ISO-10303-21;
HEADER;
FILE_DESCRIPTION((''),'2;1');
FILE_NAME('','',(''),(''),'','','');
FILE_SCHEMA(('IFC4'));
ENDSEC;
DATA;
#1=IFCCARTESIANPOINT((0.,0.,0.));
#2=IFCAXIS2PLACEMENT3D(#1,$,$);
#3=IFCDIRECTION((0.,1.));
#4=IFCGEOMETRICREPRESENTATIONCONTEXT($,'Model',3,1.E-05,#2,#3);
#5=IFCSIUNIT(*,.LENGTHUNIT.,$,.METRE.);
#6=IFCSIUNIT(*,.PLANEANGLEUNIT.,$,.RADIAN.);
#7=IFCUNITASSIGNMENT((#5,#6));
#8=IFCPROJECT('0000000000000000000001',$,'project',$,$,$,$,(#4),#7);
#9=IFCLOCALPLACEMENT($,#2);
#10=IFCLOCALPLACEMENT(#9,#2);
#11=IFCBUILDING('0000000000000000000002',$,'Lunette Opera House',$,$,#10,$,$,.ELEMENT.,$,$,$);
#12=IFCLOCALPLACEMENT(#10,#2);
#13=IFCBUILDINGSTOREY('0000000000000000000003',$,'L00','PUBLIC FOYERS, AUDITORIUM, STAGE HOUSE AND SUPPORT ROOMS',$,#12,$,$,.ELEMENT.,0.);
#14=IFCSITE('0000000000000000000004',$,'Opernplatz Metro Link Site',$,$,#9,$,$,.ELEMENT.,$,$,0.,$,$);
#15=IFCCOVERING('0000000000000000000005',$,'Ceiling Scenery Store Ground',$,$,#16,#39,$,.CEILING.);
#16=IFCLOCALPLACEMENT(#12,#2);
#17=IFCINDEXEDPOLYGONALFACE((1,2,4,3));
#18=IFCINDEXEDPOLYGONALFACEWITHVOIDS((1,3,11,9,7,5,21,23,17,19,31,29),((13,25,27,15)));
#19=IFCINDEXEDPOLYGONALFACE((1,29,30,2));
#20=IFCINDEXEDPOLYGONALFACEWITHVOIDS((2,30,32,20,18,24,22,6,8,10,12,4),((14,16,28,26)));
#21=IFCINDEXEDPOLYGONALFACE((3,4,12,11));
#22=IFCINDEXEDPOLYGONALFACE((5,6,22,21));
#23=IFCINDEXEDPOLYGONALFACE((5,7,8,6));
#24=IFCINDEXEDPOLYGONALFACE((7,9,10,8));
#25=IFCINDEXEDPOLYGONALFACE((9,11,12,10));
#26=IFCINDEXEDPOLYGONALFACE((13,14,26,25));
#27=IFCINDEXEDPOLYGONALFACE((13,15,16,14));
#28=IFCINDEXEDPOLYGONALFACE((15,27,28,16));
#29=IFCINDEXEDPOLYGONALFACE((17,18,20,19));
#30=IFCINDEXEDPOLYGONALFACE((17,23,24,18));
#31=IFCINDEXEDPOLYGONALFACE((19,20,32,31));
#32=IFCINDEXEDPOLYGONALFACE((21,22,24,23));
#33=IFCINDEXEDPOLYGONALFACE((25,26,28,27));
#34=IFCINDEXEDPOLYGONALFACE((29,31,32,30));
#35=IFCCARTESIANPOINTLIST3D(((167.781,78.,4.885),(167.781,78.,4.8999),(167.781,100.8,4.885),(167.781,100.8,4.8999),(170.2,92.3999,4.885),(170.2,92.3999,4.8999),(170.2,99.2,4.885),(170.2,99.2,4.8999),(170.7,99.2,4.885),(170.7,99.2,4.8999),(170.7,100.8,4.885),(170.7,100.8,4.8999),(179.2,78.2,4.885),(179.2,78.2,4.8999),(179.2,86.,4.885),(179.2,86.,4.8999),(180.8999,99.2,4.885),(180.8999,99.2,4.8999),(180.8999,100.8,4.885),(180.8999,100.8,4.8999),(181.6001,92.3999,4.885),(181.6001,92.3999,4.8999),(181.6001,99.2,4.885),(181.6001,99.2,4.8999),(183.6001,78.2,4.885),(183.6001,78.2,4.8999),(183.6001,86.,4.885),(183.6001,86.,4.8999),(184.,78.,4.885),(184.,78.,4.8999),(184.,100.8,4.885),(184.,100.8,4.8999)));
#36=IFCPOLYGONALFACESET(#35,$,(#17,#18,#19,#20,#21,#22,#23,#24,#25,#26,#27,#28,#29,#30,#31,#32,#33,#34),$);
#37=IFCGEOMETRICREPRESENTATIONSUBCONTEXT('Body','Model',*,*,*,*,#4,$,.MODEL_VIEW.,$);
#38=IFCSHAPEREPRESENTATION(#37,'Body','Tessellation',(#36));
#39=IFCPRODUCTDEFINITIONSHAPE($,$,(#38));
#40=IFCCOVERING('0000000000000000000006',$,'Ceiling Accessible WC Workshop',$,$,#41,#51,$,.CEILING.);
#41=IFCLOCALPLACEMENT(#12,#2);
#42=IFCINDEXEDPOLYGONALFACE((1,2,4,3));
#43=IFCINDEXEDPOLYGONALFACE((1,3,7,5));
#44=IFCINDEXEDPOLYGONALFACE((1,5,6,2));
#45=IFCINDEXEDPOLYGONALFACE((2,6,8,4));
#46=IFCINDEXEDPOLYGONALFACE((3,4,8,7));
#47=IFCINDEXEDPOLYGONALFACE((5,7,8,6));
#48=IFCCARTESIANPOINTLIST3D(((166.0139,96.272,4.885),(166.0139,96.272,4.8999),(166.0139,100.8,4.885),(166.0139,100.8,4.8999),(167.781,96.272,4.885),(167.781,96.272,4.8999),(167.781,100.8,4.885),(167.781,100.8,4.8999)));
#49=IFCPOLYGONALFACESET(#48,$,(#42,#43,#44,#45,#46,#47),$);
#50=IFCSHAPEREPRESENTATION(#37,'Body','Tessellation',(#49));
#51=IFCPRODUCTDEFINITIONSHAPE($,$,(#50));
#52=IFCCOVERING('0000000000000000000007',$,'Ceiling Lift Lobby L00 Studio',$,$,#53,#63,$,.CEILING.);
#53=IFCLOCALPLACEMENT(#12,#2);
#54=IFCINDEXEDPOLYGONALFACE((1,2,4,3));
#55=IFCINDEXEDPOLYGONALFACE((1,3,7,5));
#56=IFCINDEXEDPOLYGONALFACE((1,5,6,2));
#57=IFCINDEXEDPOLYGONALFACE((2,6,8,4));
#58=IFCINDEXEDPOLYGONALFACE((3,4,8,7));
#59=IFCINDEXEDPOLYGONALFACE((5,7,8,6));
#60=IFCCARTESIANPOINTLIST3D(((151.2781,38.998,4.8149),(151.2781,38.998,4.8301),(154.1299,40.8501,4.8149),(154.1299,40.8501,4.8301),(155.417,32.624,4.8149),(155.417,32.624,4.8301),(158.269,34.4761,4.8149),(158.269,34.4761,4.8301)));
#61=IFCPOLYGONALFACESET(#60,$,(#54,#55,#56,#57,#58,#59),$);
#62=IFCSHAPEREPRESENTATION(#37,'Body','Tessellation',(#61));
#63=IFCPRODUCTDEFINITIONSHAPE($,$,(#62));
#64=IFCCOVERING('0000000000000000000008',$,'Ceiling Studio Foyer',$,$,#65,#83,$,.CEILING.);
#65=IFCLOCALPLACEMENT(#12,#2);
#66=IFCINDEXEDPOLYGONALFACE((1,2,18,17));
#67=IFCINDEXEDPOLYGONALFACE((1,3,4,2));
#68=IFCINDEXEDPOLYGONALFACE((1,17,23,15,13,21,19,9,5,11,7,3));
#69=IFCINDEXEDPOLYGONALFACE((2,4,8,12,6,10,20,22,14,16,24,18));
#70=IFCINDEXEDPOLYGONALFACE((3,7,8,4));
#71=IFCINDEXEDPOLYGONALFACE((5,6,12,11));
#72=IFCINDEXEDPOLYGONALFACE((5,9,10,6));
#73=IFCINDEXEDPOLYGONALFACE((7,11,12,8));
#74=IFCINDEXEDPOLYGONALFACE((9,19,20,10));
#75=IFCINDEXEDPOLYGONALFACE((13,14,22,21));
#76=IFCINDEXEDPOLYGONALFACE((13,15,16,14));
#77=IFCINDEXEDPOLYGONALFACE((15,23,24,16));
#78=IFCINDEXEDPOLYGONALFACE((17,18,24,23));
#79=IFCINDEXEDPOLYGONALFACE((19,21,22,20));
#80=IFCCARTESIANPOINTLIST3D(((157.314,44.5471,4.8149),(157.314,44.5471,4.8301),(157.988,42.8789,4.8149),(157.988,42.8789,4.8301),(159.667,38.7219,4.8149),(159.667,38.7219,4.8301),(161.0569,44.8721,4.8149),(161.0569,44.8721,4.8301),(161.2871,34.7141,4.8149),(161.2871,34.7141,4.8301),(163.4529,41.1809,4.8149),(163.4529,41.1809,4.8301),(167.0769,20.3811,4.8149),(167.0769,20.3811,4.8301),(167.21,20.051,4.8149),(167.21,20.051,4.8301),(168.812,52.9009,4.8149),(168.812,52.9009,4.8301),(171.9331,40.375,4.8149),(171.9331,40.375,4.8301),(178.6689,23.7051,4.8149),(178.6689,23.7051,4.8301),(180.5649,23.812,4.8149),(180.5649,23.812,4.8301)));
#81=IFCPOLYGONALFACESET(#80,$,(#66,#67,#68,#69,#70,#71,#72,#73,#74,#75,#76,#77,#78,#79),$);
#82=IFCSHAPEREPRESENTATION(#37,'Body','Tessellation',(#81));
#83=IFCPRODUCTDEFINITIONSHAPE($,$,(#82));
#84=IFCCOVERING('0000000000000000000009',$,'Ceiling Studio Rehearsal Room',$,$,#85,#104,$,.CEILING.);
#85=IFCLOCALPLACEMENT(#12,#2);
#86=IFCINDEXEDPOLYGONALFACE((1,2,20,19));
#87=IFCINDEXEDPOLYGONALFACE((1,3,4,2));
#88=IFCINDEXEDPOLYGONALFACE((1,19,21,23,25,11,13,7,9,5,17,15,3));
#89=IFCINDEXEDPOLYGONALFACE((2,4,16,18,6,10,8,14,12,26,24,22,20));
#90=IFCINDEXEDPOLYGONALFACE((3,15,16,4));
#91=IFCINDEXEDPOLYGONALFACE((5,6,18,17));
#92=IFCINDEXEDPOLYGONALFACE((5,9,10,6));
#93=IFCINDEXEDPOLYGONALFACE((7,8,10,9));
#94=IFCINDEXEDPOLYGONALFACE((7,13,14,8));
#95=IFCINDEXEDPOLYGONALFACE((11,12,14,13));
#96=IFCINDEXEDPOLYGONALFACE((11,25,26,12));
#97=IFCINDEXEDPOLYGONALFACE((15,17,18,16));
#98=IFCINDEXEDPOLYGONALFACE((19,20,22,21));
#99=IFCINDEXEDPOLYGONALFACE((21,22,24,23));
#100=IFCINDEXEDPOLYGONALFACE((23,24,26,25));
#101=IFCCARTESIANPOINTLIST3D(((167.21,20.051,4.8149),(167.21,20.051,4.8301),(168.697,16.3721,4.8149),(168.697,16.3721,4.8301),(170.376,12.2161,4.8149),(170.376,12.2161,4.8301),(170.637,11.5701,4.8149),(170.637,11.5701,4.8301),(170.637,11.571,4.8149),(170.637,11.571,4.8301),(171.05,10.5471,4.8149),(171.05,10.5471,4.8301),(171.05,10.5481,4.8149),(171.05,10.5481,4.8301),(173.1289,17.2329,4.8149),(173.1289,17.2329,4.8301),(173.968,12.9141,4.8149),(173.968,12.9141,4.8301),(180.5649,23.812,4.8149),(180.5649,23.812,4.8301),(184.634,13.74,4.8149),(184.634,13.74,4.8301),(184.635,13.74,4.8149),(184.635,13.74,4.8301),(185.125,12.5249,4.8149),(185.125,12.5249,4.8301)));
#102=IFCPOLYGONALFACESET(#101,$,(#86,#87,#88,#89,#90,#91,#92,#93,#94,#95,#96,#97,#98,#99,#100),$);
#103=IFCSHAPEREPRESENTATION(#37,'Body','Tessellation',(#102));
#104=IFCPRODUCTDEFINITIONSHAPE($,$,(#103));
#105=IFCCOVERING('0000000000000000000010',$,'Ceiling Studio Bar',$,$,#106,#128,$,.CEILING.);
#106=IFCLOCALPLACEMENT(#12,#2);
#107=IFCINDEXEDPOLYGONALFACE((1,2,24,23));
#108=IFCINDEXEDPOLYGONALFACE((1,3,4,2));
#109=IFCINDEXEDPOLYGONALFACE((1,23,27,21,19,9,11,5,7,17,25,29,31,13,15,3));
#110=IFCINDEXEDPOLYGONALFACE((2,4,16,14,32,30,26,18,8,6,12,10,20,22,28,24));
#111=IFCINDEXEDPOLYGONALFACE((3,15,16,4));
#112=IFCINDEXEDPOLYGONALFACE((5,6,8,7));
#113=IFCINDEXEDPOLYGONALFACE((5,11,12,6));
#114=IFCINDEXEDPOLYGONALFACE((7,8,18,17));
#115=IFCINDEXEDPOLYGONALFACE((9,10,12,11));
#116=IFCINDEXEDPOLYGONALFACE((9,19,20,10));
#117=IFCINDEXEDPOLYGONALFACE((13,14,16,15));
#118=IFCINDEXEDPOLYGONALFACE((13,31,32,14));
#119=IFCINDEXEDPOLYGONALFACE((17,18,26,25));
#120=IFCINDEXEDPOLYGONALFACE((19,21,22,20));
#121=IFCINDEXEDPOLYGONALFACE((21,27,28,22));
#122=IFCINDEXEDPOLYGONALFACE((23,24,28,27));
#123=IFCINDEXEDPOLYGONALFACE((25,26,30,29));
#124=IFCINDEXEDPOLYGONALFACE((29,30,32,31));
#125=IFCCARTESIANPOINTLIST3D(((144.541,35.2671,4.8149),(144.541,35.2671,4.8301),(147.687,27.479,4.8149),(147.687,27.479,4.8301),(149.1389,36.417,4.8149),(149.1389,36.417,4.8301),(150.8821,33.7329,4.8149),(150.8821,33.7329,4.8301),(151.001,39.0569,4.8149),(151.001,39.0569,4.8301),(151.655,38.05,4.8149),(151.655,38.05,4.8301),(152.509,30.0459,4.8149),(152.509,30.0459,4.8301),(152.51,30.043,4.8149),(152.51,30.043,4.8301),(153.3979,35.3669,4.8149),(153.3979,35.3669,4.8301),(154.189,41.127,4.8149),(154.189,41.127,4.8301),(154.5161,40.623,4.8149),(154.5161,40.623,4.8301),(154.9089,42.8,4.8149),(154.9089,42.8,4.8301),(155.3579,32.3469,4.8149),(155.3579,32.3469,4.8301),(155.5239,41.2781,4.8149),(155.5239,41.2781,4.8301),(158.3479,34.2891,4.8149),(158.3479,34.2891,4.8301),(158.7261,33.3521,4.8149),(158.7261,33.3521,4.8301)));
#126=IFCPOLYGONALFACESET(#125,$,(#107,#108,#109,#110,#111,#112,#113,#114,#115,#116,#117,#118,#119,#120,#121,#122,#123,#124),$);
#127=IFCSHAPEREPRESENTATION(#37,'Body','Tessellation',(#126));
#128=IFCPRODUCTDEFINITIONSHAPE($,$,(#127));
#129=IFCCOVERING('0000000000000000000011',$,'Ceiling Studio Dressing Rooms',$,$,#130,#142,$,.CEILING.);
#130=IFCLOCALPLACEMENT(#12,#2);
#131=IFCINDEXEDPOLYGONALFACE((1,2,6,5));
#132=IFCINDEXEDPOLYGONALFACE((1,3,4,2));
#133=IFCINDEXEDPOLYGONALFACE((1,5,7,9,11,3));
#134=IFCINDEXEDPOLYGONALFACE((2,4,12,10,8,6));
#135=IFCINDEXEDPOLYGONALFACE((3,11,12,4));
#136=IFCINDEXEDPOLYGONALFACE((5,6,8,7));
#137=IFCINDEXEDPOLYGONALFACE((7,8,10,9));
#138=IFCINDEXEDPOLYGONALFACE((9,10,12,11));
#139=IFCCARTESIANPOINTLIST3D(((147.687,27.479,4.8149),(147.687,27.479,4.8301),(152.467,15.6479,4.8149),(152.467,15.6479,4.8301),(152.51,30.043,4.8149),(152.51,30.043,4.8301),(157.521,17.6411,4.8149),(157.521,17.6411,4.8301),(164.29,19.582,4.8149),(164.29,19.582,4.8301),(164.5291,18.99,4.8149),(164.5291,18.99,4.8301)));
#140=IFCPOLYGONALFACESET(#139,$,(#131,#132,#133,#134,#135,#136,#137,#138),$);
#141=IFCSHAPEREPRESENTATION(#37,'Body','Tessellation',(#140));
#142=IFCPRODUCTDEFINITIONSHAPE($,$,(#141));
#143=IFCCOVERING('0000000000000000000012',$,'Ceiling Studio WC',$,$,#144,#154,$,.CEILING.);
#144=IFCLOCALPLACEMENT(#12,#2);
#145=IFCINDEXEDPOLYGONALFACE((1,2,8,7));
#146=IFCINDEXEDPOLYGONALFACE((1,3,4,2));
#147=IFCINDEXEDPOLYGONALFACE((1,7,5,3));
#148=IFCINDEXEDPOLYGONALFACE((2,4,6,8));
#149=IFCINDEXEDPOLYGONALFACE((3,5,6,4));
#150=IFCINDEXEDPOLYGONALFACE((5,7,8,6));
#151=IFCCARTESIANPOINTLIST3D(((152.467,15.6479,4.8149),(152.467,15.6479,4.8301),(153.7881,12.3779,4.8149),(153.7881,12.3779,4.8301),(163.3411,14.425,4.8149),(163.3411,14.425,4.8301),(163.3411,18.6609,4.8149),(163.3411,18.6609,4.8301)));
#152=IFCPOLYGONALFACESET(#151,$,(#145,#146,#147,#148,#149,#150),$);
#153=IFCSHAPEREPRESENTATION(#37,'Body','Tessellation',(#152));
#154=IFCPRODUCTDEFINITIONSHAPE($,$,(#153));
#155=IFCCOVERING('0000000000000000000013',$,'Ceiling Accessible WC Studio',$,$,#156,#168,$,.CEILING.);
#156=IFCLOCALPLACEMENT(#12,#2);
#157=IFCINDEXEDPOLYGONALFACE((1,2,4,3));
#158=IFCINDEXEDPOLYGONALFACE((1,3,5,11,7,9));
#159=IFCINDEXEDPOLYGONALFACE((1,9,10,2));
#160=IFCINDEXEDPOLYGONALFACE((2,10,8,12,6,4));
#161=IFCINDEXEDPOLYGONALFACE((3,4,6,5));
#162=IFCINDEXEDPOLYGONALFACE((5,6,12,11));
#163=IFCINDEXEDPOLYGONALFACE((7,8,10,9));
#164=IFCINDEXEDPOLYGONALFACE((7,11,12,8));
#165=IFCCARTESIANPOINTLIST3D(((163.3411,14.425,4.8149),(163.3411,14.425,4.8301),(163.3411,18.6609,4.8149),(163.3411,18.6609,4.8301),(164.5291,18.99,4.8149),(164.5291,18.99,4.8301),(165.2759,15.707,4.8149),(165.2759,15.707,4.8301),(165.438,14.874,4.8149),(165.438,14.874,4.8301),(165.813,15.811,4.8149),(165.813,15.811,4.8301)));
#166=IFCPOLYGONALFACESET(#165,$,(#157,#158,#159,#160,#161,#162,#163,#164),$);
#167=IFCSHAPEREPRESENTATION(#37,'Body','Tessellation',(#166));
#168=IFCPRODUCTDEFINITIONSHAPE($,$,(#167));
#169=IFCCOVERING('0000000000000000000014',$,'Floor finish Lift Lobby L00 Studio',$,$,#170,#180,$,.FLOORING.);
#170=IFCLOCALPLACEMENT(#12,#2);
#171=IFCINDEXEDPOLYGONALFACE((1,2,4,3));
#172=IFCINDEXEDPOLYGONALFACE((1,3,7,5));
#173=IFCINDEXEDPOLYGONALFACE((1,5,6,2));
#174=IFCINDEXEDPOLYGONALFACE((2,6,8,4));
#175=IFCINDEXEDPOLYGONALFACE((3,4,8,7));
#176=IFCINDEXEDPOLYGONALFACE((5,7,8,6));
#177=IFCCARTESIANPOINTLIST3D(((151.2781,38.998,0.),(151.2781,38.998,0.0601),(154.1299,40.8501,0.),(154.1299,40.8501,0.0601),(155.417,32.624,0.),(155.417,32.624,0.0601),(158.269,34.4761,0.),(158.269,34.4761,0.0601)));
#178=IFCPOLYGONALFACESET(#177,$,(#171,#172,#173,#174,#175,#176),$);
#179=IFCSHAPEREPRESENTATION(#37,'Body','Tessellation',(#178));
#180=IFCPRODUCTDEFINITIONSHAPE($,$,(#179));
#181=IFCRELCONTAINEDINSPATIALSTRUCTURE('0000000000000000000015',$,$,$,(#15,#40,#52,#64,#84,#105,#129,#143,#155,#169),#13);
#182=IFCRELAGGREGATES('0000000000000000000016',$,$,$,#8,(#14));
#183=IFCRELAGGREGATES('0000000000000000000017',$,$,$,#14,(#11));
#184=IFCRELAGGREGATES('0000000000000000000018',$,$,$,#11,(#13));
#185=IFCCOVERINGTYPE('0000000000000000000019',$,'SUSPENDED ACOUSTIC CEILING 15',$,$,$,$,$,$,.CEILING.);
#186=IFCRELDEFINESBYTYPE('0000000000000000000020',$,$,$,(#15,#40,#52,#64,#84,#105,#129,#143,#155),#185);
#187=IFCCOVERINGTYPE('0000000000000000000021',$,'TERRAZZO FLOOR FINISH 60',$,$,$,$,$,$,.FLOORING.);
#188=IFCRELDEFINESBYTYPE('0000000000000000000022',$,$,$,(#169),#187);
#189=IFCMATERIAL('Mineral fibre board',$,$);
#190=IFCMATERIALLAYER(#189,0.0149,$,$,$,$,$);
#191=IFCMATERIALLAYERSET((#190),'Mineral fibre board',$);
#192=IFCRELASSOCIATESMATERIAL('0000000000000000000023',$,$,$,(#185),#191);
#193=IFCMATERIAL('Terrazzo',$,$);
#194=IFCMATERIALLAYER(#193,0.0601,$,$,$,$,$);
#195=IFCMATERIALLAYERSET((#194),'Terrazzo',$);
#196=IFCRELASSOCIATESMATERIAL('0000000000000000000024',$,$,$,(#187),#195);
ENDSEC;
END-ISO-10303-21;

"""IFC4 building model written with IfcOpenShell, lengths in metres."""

from ifc_helpers import new_model, si_unit, direction, frame, origin, place, context, subcontext, project, spatial, polyline, outline, extrude, material, layer, layer_set, type_object, element, save


model = new_model("IFC4")

# Units and contexts
model_context = context("Model", 3, precision=1e-05, world=origin(), true_north=direction((0.0, 1.0)))
body_context = subcontext(model_context, "Body", "Model", "MODEL_VIEW")
ifc_project = project(units=[si_unit("LENGTHUNIT", "METRE"), si_unit("PLANEANGLEUNIT", "RADIAN")], contexts=[model_context])

# Site, building, storey
site_placement = place(None, origin())
site = spatial("IfcSite", under=ifc_project, at=site_placement, Name="Opernplatz Metro Link Site", CompositionType="ELEMENT", RefElevation=0.0)
building_placement = place(site_placement, origin())
building = spatial("IfcBuilding", under=site, at=building_placement, Name="Lunette Opera House", CompositionType="ELEMENT")
storey_placement = place(building_placement, origin())
storey = spatial("IfcBuildingStorey", under=building, at=storey_placement, Name="L00", Description="PUBLIC FOYERS, AUDITORIUM, STAGE HOUSE AND SUPPORT ROOMS", CompositionType="ELEMENT", Elevation=0.0)

# Coverings
ifc_material_1 = material(Name="Mineral fibre board")
ifc_layer_1 = layer(ifc_material_1, 0.0149)
ifc_layer_set_1 = layer_set([ifc_layer_1], Name="Mineral fibre board")
covering_type_1 = type_object("IfcCoveringType", Name="SUSPENDED ACOUSTIC CEILING 15", PredefinedType="CEILING", material=ifc_layer_set_1)
covering_1_placement = place(storey_placement, frame((0.0, 0.0, 4.885)))
element("IfcCovering", 1, at=covering_1_placement, inside=storey, type_object=covering_type_1, Name="Ceiling Scenery Store Ground", PredefinedType="CEILING", context=body_context, shape_type="SweptSolid", body=[
    extrude(outline(polyline([(170.2, 92.3999), (181.6001, 92.3999), (181.6001, 99.2), (180.8999, 99.2), (180.8999, 100.8), (184.0, 100.8), (184.0, 78.0), (167.781, 78.0), (167.781, 100.8), (170.7, 100.8), (170.7, 99.2), (170.2, 99.2), (170.2, 92.3999)]), holes=[polyline([(179.2, 78.2), (183.6001, 78.2), (183.6001, 86.0), (179.2, 86.0), (179.2, 78.2)])]), origin(), (0.0, 0.0, 1.0), 0.0149),
])
covering_2_placement = place(storey_placement, frame((0.0, 0.0, 4.885)))
element("IfcCovering", 2, at=covering_2_placement, inside=storey, type_object=covering_type_1, Name="Ceiling Accessible WC Workshop", PredefinedType="CEILING", context=body_context, shape_type="SweptSolid", body=[
    extrude(outline(polyline([(166.0139, 100.8), (167.781, 100.8), (167.781, 96.272), (166.0139, 96.272), (166.0139, 100.8)])), origin(), (0.0, 0.0, 1.0), 0.0149),
])
covering_3_placement = place(storey_placement, frame((0.0, 0.0, 4.8149)))
element("IfcCovering", 3, at=covering_3_placement, inside=storey, type_object=covering_type_1, Name="Ceiling Lift Lobby L00 Studio", PredefinedType="CEILING", context=body_context, shape_type="SweptSolid", body=[
    extrude(outline(polyline([(151.2781, 38.998), (155.417, 32.624), (158.269, 34.4761), (154.1299, 40.8501), (151.2781, 38.998)])), origin(), (0.0, 0.0, 1.0), 0.0151),
])
covering_4_placement = place(storey_placement, frame((0.0, 0.0, 4.8149)))
element("IfcCovering", 4, at=covering_4_placement, inside=storey, type_object=covering_type_1, Name="Ceiling Studio Foyer", PredefinedType="CEILING", context=body_context, shape_type="SweptSolid", body=[
    extrude(outline(polyline([(167.0769, 20.3811), (178.6689, 23.7051), (171.9331, 40.375), (161.2871, 34.7141), (159.667, 38.7219), (163.4529, 41.1809), (161.0569, 44.8721), (157.988, 42.8789), (157.314, 44.5471), (168.812, 52.9009), (180.5649, 23.812), (167.21, 20.051), (167.0769, 20.3811)])), origin(), (0.0, 0.0, 1.0), 0.0151),
])
covering_5_placement = place(storey_placement, frame((0.0, 0.0, 4.8149)))
element("IfcCovering", 5, at=covering_5_placement, inside=storey, type_object=covering_type_1, Name="Ceiling Studio Rehearsal Room", PredefinedType="CEILING", context=body_context, shape_type="SweptSolid", body=[
    extrude(outline(polyline([(173.968, 12.9141), (173.1289, 17.2329), (168.697, 16.3721), (167.21, 20.051), (180.5649, 23.812), (184.634, 13.74), (184.635, 13.74), (185.125, 12.5249), (171.05, 10.5471), (171.05, 10.5481), (170.637, 11.5701), (170.637, 11.571), (170.376, 12.2161), (173.968, 12.9141)])), origin(), (0.0, 0.0, 1.0), 0.0151),
])
covering_6_placement = place(storey_placement, frame((0.0, 0.0, 4.8149)))
element("IfcCovering", 6, at=covering_6_placement, inside=storey, type_object=covering_type_1, Name="Ceiling Studio Bar", PredefinedType="CEILING", context=body_context, shape_type="SweptSolid", body=[
    extrude(outline(polyline([(154.5161, 40.623), (154.189, 41.127), (151.001, 39.0569), (151.655, 38.05), (149.1389, 36.417), (150.8821, 33.7329), (153.3979, 35.3669), (155.3579, 32.3469), (158.3479, 34.2891), (158.7261, 33.3521), (152.509, 30.0459), (152.51, 30.043), (147.687, 27.479), (144.541, 35.2671), (154.9089, 42.8), (155.5239, 41.2781), (154.5161, 40.623)])), origin(), (0.0, 0.0, 1.0), 0.0151),
])
covering_7_placement = place(storey_placement, frame((0.0, 0.0, 4.8149)))
element("IfcCovering", 7, at=covering_7_placement, inside=storey, type_object=covering_type_1, Name="Ceiling Studio Dressing Rooms", PredefinedType="CEILING", context=body_context, shape_type="SweptSolid", body=[
    extrude(outline(polyline([(164.29, 19.582), (164.5291, 18.99), (152.467, 15.6479), (147.687, 27.479), (152.51, 30.043), (157.521, 17.6411), (164.29, 19.582)])), origin(), (0.0, 0.0, 1.0), 0.0151),
])
covering_8_placement = place(storey_placement, frame((0.0, 0.0, 4.8149)))
element("IfcCovering", 8, at=covering_8_placement, inside=storey, type_object=covering_type_1, Name="Ceiling Studio WC", PredefinedType="CEILING", context=body_context, shape_type="SweptSolid", body=[
    extrude(outline(polyline([(153.7881, 12.3779), (152.467, 15.6479), (163.3411, 18.6609), (163.3411, 14.425), (153.7881, 12.3779)])), origin(), (0.0, 0.0, 1.0), 0.0151),
])
covering_9_placement = place(storey_placement, frame((0.0, 0.0, 4.8149)))
element("IfcCovering", 9, at=covering_9_placement, inside=storey, type_object=covering_type_1, Name="Ceiling Accessible WC Studio", PredefinedType="CEILING", context=body_context, shape_type="SweptSolid", body=[
    extrude(outline(polyline([(165.438, 14.874), (163.3411, 14.425), (163.3411, 18.6609), (164.5291, 18.99), (165.813, 15.811), (165.2759, 15.707), (165.438, 14.874)])), origin(), (0.0, 0.0, 1.0), 0.0151),
])
ifc_material_2 = material(Name="Terrazzo")
ifc_layer_2 = layer(ifc_material_2, 0.0601)
ifc_layer_set_2 = layer_set([ifc_layer_2], Name="Terrazzo")
covering_type_2 = type_object("IfcCoveringType", Name="TERRAZZO FLOOR FINISH 60", PredefinedType="FLOORING", material=ifc_layer_set_2)
covering_10_placement = place(storey_placement, origin())
element("IfcCovering", 10, at=covering_10_placement, inside=storey, type_object=covering_type_2, Name="Floor finish Lift Lobby L00 Studio", PredefinedType="FLOORING", context=body_context, shape_type="SweptSolid", body=[
    extrude(outline(polyline([(151.2781, 38.998), (155.417, 32.624), (158.269, 34.4761), (154.1299, 40.8501), (151.2781, 38.998)])), origin(), (0.0, 0.0, 1.0), 0.0601),
])

save(model, "model.ifc")
